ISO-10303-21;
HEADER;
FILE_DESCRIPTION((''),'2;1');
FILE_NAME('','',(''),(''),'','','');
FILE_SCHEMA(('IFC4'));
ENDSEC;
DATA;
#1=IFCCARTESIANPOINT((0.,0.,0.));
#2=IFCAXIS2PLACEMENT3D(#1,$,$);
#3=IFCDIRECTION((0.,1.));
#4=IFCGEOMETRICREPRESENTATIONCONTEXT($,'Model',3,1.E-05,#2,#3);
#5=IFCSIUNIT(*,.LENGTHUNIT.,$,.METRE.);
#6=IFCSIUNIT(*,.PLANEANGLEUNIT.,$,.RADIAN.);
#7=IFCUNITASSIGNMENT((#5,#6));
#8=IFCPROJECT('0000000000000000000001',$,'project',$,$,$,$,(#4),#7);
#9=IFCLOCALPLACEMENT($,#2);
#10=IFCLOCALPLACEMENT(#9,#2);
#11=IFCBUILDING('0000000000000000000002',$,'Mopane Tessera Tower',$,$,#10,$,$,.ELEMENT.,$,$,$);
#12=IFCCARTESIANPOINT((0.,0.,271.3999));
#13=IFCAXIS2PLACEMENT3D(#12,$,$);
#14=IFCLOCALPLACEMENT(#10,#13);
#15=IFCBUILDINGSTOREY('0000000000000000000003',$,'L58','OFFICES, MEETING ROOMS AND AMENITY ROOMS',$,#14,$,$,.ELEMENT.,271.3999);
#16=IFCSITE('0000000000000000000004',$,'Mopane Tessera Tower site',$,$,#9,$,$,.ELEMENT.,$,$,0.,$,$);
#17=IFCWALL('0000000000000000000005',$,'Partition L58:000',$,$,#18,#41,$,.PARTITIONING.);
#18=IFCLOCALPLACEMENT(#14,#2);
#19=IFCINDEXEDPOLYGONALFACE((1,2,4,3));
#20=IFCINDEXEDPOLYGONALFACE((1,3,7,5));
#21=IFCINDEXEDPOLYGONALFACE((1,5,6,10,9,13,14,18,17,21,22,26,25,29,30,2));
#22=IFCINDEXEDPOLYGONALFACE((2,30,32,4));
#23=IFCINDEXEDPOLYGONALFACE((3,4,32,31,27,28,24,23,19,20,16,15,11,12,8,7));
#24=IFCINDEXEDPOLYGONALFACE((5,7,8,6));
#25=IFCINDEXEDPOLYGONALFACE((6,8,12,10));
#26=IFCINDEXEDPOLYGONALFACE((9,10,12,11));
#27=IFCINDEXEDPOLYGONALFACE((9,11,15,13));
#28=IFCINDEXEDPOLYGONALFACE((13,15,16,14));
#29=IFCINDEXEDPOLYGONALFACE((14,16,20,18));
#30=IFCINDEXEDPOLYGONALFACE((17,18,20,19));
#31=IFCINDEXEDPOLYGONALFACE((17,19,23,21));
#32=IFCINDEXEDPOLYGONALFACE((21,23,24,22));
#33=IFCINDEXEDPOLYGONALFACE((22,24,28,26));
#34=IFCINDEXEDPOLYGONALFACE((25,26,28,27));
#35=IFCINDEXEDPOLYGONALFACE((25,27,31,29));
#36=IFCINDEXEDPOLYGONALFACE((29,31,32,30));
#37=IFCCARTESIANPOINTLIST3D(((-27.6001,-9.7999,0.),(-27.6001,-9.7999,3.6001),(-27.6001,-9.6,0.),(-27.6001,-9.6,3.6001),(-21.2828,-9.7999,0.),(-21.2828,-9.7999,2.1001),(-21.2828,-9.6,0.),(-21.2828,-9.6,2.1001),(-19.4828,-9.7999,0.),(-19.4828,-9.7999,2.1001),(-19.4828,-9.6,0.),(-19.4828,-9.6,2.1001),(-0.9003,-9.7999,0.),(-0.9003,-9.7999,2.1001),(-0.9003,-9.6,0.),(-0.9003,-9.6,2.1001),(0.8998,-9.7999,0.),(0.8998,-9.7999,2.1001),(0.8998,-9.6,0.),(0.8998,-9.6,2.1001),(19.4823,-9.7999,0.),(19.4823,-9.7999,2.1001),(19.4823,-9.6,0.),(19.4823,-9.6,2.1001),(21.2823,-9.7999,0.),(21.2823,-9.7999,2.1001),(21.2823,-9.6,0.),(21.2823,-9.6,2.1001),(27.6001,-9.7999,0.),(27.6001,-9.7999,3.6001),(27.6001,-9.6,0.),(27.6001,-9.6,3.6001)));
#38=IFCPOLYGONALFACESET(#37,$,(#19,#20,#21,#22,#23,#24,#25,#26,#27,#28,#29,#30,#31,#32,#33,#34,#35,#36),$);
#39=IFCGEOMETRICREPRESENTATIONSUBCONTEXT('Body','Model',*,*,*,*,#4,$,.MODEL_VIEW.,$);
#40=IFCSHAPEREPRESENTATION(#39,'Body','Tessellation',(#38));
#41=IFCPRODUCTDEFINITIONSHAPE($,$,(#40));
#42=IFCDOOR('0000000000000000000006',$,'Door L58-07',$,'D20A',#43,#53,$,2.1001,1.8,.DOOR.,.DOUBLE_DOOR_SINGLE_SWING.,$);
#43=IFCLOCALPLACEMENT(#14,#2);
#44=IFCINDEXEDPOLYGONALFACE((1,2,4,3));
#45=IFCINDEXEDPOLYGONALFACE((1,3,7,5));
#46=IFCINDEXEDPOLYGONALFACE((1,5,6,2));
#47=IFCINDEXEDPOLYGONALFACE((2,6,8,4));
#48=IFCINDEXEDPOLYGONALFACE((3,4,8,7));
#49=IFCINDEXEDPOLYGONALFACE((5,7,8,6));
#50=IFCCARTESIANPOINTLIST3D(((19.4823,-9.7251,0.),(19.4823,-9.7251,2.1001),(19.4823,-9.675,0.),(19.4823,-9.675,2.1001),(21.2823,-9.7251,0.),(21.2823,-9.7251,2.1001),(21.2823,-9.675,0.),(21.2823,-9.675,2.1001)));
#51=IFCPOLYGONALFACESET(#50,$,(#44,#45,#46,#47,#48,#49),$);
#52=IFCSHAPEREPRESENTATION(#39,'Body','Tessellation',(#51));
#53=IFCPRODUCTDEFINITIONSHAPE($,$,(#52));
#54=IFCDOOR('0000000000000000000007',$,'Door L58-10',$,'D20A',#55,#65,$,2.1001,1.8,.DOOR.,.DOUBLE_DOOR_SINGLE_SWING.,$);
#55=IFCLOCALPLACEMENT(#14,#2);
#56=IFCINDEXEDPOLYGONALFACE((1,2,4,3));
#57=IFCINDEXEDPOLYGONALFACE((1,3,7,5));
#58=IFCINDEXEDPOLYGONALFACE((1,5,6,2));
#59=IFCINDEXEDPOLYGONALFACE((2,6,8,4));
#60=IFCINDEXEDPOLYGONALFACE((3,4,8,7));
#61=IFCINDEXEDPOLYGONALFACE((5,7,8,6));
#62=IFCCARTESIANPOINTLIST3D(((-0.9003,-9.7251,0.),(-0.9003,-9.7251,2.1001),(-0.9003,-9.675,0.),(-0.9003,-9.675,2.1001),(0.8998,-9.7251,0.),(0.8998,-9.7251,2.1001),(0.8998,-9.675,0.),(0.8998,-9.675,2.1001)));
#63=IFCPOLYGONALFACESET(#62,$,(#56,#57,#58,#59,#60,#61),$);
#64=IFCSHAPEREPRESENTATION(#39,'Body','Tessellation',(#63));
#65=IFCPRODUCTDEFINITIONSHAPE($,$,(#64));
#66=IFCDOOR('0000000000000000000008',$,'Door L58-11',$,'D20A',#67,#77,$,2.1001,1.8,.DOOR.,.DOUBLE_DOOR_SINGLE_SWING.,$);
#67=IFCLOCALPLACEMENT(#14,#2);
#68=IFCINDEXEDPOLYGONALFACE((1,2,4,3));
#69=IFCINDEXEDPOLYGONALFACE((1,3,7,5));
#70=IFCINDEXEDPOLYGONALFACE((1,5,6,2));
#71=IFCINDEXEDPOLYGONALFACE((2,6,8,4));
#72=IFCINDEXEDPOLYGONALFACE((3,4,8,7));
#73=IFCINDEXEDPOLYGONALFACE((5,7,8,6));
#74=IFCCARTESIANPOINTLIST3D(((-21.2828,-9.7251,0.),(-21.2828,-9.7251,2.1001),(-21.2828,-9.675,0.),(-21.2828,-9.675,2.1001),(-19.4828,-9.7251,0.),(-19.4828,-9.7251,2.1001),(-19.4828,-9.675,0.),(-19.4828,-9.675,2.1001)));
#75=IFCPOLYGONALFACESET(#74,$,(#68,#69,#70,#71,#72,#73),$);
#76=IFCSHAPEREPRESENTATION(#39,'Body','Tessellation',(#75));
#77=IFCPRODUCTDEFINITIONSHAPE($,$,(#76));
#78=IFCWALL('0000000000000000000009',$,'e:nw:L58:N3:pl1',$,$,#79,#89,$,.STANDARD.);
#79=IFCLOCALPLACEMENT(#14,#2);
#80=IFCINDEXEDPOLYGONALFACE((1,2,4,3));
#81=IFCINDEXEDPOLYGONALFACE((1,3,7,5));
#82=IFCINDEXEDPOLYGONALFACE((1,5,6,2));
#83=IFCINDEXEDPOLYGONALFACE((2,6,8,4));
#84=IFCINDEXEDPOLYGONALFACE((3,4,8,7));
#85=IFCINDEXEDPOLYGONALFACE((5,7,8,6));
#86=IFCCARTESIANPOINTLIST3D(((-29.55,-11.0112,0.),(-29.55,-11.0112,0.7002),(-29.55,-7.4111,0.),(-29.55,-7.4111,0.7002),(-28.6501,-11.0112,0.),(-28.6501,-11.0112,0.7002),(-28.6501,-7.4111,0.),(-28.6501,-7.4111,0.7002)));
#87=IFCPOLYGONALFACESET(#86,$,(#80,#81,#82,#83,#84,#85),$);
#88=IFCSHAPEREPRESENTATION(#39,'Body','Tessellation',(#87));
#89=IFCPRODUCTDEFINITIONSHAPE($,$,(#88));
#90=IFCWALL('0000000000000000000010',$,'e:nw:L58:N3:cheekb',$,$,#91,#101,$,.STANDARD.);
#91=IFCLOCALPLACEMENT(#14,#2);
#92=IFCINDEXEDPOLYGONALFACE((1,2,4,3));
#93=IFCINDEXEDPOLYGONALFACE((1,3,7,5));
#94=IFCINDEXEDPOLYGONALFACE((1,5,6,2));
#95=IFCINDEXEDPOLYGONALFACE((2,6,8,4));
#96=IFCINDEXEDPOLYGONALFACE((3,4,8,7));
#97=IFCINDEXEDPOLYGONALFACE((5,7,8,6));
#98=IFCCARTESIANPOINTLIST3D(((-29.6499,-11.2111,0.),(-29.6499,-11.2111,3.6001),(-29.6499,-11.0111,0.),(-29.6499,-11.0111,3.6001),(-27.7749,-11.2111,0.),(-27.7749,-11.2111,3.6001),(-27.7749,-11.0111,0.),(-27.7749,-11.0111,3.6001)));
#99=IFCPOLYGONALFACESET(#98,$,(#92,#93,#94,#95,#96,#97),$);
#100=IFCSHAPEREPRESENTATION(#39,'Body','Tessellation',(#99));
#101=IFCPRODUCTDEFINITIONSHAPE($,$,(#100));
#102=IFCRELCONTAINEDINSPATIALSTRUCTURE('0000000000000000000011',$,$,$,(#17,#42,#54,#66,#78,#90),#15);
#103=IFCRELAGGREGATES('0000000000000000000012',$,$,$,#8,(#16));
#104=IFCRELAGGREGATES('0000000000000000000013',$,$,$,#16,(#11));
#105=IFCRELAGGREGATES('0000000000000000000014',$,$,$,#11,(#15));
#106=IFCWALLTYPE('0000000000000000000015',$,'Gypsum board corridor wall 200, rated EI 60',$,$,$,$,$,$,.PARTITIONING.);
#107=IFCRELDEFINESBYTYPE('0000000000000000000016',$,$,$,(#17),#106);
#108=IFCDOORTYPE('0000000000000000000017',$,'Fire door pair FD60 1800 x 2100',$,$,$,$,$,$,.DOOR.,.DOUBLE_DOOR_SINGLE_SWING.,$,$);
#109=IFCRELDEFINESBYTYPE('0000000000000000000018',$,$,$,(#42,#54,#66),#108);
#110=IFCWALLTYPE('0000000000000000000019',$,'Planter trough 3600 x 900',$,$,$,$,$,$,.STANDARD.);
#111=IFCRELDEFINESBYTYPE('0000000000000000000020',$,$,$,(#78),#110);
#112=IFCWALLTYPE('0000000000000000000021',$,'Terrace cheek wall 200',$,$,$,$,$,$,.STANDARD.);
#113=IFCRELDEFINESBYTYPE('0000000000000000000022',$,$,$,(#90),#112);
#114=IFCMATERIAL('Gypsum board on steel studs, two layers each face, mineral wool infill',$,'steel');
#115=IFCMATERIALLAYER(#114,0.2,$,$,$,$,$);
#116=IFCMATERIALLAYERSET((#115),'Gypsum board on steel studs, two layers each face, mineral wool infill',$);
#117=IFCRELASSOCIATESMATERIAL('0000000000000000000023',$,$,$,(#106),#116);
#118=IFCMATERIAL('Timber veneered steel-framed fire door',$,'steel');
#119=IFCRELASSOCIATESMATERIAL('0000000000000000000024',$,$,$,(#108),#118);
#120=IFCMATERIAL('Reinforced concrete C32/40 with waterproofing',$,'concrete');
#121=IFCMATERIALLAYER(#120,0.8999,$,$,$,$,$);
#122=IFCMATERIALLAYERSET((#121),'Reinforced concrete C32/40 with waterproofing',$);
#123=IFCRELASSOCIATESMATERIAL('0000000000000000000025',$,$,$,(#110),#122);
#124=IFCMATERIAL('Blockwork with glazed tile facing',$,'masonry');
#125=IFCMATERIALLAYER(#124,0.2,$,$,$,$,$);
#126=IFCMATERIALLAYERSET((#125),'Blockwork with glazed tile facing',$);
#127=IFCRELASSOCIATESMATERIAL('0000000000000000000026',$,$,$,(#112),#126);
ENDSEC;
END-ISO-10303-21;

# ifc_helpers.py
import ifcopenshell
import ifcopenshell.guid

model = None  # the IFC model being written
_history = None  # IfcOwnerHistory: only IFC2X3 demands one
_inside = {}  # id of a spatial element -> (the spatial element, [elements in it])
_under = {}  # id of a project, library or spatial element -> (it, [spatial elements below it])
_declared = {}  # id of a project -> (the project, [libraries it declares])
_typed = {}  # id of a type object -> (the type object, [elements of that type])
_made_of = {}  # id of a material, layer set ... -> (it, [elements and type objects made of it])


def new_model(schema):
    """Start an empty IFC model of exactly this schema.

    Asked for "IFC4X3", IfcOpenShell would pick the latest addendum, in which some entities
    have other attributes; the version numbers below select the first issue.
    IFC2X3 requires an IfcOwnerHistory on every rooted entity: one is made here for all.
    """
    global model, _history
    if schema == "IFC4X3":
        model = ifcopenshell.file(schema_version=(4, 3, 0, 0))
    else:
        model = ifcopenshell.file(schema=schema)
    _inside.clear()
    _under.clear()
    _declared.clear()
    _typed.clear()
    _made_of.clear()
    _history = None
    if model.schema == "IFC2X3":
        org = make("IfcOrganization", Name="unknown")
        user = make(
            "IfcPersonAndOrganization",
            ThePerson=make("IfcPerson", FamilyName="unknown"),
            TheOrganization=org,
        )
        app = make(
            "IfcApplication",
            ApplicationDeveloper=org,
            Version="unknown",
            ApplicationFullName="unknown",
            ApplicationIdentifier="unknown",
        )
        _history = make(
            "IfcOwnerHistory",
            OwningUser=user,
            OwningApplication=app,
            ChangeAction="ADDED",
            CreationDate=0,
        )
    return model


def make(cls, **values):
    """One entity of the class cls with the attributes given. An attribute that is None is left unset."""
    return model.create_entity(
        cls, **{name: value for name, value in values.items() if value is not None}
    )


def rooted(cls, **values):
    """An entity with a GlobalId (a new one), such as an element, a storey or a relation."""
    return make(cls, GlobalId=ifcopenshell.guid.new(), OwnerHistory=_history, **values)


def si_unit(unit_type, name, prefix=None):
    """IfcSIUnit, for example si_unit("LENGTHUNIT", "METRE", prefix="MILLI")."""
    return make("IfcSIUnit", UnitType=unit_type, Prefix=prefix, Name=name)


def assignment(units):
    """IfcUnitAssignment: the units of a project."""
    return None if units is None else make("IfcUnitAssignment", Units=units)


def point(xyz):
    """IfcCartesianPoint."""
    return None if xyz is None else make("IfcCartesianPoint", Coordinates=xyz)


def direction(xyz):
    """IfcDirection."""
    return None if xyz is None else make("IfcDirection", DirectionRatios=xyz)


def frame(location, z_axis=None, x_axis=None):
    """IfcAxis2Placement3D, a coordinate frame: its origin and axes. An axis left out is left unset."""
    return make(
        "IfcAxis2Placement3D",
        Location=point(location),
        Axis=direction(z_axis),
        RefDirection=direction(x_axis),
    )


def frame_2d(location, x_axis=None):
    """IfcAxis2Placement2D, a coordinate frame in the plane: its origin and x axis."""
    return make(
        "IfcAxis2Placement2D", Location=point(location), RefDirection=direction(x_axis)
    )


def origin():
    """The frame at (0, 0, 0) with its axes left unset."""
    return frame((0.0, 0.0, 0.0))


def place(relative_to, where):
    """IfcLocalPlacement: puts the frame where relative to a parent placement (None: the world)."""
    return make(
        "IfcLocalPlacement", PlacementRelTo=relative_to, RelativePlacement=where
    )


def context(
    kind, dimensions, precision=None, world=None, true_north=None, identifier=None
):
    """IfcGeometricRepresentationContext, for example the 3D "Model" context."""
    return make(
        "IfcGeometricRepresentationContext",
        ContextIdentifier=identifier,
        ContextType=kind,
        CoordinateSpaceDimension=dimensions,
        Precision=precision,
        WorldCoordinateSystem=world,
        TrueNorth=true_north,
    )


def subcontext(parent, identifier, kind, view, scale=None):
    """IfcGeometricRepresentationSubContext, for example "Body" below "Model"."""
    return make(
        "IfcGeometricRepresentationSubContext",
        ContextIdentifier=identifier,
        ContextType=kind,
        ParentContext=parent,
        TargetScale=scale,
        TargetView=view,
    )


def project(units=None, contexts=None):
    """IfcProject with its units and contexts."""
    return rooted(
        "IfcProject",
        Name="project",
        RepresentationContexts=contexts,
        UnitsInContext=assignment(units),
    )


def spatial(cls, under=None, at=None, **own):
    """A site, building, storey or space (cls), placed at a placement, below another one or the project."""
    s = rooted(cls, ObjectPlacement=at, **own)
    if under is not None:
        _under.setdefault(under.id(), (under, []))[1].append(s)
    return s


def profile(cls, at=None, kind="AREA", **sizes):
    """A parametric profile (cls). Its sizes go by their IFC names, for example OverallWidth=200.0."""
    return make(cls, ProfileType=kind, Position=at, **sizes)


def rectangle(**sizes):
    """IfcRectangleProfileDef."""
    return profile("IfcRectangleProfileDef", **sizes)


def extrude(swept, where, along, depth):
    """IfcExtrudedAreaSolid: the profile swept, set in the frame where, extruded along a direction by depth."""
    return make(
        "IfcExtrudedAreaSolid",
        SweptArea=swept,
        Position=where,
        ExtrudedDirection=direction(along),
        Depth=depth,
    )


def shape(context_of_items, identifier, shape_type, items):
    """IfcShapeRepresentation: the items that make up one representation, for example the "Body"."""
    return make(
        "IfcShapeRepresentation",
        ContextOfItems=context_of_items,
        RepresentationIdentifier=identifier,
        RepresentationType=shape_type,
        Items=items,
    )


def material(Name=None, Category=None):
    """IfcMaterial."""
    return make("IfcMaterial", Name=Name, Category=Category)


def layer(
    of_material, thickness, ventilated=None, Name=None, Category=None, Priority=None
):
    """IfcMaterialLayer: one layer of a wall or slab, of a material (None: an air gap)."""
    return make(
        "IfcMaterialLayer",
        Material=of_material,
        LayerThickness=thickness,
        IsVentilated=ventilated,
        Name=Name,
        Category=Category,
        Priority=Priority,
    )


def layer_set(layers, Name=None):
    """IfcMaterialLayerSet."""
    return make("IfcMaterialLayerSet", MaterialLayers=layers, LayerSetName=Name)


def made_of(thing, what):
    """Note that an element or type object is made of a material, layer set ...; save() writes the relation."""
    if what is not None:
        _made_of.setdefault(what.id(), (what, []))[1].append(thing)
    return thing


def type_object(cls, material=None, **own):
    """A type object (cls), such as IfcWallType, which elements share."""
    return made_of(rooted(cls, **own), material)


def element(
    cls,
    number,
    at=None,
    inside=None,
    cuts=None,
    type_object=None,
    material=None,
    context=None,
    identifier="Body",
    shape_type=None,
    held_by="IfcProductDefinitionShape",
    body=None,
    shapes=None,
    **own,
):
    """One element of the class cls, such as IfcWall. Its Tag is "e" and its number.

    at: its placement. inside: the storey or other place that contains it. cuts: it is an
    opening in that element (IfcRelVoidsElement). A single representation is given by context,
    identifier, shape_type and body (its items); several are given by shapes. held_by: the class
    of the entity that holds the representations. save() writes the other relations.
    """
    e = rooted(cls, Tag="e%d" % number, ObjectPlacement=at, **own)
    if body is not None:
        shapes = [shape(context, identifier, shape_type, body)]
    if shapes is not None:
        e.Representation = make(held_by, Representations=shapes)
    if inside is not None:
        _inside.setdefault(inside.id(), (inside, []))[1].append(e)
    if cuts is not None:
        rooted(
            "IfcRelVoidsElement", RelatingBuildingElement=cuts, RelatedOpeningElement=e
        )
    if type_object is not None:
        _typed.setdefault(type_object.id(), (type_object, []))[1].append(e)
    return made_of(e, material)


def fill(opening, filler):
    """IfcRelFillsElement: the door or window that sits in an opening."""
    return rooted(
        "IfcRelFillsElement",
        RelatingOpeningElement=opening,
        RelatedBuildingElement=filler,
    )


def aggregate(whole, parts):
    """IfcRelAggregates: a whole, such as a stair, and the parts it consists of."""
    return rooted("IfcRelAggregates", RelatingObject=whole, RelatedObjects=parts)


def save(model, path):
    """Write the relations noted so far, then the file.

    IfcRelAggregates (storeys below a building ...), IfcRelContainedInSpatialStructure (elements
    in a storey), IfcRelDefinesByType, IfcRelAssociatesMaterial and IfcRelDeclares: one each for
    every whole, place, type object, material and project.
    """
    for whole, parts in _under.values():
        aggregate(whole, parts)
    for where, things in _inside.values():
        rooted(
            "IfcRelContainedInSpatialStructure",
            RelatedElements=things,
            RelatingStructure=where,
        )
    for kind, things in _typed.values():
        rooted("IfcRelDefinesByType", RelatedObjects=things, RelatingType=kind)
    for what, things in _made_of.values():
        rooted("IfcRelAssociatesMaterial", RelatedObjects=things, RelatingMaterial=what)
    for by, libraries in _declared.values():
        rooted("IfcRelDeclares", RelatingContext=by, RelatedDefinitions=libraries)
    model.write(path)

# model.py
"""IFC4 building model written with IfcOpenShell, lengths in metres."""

from ifc_helpers import new_model, si_unit, direction, frame, frame_2d, origin, place, context, subcontext, project, spatial, rectangle, extrude, material, layer, layer_set, type_object, element, fill, save


model = new_model("IFC4")

# Units and contexts
model_context = context("Model", 3, precision=1e-05, world=origin(), true_north=direction((0.0, 1.0)))
body_context = subcontext(model_context, "Body", "Model", "MODEL_VIEW")
ifc_project = project(units=[si_unit("LENGTHUNIT", "METRE"), si_unit("PLANEANGLEUNIT", "RADIAN")], contexts=[model_context])

# Site, building, storey
site_placement = place(None, origin())
site = spatial("IfcSite", under=ifc_project, at=site_placement, Name="Mopane Tessera Tower site", CompositionType="ELEMENT", RefElevation=0.0)
building_placement = place(site_placement, origin())
building = spatial("IfcBuilding", under=site, at=building_placement, Name="Mopane Tessera Tower", CompositionType="ELEMENT")
storey_placement = place(building_placement, frame((0.0, 0.0, 271.3999)))
storey = spatial("IfcBuildingStorey", under=building, at=storey_placement, Name="L58", Description="OFFICES, MEETING ROOMS AND AMENITY ROOMS", CompositionType="ELEMENT", Elevation=271.3999)

# Wall, openings, doors
ifc_material_1 = material(Name="Gypsum board on steel studs, two layers each face, mineral wool infill", Category="steel")
ifc_layer_1 = layer(ifc_material_1, 0.2)
ifc_layer_set_1 = layer_set([ifc_layer_1], Name="Gypsum board on steel studs, two layers each face, mineral wool infill")
wall_type_1 = type_object("IfcWallType", Name="Gypsum board corridor wall 200, rated EI 60", PredefinedType="PARTITIONING", material=ifc_layer_set_1)
wall_1_placement = place(storey_placement, frame((-27.6001, -9.7, 0.0), z_axis=(0.0, 0.0, 1.0), x_axis=(1.0, 0.0, 0.0)))
wall_1 = element("IfcWall", 1, at=wall_1_placement, inside=storey, type_object=wall_type_1, Name="Partition L58:000", PredefinedType="PARTITIONING", context=body_context, shape_type="SweptSolid", body=[
    extrude(rectangle(XDim=55.2002, YDim=0.2, at=frame_2d((27.6001, 0.0))), origin(), (0.0, 0.0, 1.0), 3.6001),
])
opening_1_placement = place(wall_1_placement, frame((47.0825, 0.0, 0.0)))
opening_1 = element("IfcOpeningElement", 2, at=opening_1_placement, cuts=wall_1, PredefinedType="OPENING", context=body_context, shape_type="SweptSolid", body=[
    extrude(rectangle(XDim=1.8, YDim=2.1001, at=frame_2d((0.8999, 1.05))), frame((0.0, 0.1121, 0.0), z_axis=(0.0, -1.0, 0.0), x_axis=(1.0, 0.0, 0.0)), (0.0, 0.0, 1.0), 0.2239),
])
opening_2_placement = place(wall_1_placement, frame((26.7, 0.0, 0.0)))
opening_2 = element("IfcOpeningElement", 3, at=opening_2_placement, cuts=wall_1, PredefinedType="OPENING", context=body_context, shape_type="SweptSolid", body=[
    extrude(rectangle(XDim=1.8, YDim=2.1001, at=frame_2d((0.8999, 1.05))), frame((0.0, 0.1121, 0.0), z_axis=(0.0, -1.0, 0.0), x_axis=(1.0, 0.0, 0.0)), (0.0, 0.0, 1.0), 0.2239),
])
opening_3_placement = place(wall_1_placement, frame((6.3174, 0.0, 0.0)))
opening_3 = element("IfcOpeningElement", 4, at=opening_3_placement, cuts=wall_1, PredefinedType="OPENING", context=body_context, shape_type="SweptSolid", body=[
    extrude(rectangle(XDim=1.8, YDim=2.1001, at=frame_2d((0.8999, 1.05))), frame((0.0, 0.1121, 0.0), z_axis=(0.0, -1.0, 0.0), x_axis=(1.0, 0.0, 0.0)), (0.0, 0.0, 1.0), 0.2239),
])
ifc_material_2 = material(Name="Timber veneered steel-framed fire door", Category="steel")
door_type = type_object("IfcDoorType", Name="Fire door pair FD60 1800 x 2100", OperationType="DOUBLE_DOOR_SINGLE_SWING", PredefinedType="DOOR", material=ifc_material_2)
door_1_placement = place(opening_1_placement, origin())
door_1 = element("IfcDoor", 5, at=door_1_placement, inside=storey, type_object=door_type, Name="Door L58-07", ObjectType="D20A", OperationType="DOUBLE_DOOR_SINGLE_SWING", OverallHeight=2.1001, OverallWidth=1.8, PredefinedType="DOOR", context=body_context, shape_type="SweptSolid", body=[
    extrude(rectangle(XDim=1.8, YDim=2.1001, at=frame_2d((0.8999, 1.05))), frame((0.0, 0.0249, 0.0), z_axis=(0.0, -1.0, 0.0), x_axis=(1.0, 0.0, 0.0)), (0.0, 0.0, 1.0), 0.05),
])
fill(opening_1, door_1)
door_2_placement = place(opening_2_placement, origin())
door_2 = element("IfcDoor", 6, at=door_2_placement, inside=storey, type_object=door_type, Name="Door L58-10", ObjectType="D20A", OperationType="DOUBLE_DOOR_SINGLE_SWING", OverallHeight=2.1001, OverallWidth=1.8, PredefinedType="DOOR", context=body_context, shape_type="SweptSolid", body=[
    extrude(rectangle(XDim=1.8, YDim=2.1001, at=frame_2d((0.8999, 1.05))), frame((0.0, 0.0249, 0.0), z_axis=(0.0, -1.0, 0.0), x_axis=(1.0, 0.0, 0.0)), (0.0, 0.0, 1.0), 0.05),
])
fill(opening_2, door_2)
door_3_placement = place(opening_3_placement, origin())
door_3 = element("IfcDoor", 7, at=door_3_placement, inside=storey, type_object=door_type, Name="Door L58-11", ObjectType="D20A", OperationType="DOUBLE_DOOR_SINGLE_SWING", OverallHeight=2.1001, OverallWidth=1.8, PredefinedType="DOOR", context=body_context, shape_type="SweptSolid", body=[
    extrude(rectangle(XDim=1.8, YDim=2.1001, at=frame_2d((0.8999, 1.05))), frame((0.0, 0.0249, 0.0), z_axis=(0.0, -1.0, 0.0), x_axis=(1.0, 0.0, 0.0)), (0.0, 0.0, 1.0), 0.05),
])
fill(opening_3, door_3)

# Walls
ifc_material_3 = material(Name="Reinforced concrete C32/40 with waterproofing", Category="concrete")
ifc_layer_2 = layer(ifc_material_3, 0.8999)
ifc_layer_set_2 = layer_set([ifc_layer_2], Name="Reinforced concrete C32/40 with waterproofing")
wall_type_2 = type_object("IfcWallType", Name="Planter trough 3600 x 900", PredefinedType="STANDARD", material=ifc_layer_set_2)
wall_2_placement = place(storey_placement, frame((-29.1001, -7.4111, 0.0), z_axis=(0.0, 0.0, 1.0), x_axis=(0.0, -1.0, 0.0)))
element("IfcWall", 8, at=wall_2_placement, inside=storey, type_object=wall_type_2, Name="e:nw:L58:N3:pl1", PredefinedType="STANDARD", context=body_context, shape_type="SweptSolid", body=[
    extrude(rectangle(XDim=3.6001, YDim=0.8999, at=frame_2d((1.8, 0.0))), origin(), (0.0, 0.0, 1.0), 0.7002),
])
ifc_material_4 = material(Name="Blockwork with glazed tile facing", Category="masonry")
ifc_layer_3 = layer(ifc_material_4, 0.2)
ifc_layer_set_3 = layer_set([ifc_layer_3], Name="Blockwork with glazed tile facing")
wall_type_3 = type_object("IfcWallType", Name="Terrace cheek wall 200", PredefinedType="STANDARD", material=ifc_layer_set_3)
wall_3_placement = place(storey_placement, frame((-29.6499, -11.1111, 0.0), z_axis=(0.0, 0.0, 1.0), x_axis=(1.0, 0.0, 0.0)))
element("IfcWall", 9, at=wall_3_placement, inside=storey, type_object=wall_type_3, Name="e:nw:L58:N3:cheekb", PredefinedType="STANDARD", context=body_context, shape_type="SweptSolid", body=[
    extrude(rectangle(XDim=1.875, YDim=0.2, at=frame_2d((0.9375, 0.0))), origin(), (0.0, 0.0, 1.0), 3.6001),
])

save(model, "model.ifc")
